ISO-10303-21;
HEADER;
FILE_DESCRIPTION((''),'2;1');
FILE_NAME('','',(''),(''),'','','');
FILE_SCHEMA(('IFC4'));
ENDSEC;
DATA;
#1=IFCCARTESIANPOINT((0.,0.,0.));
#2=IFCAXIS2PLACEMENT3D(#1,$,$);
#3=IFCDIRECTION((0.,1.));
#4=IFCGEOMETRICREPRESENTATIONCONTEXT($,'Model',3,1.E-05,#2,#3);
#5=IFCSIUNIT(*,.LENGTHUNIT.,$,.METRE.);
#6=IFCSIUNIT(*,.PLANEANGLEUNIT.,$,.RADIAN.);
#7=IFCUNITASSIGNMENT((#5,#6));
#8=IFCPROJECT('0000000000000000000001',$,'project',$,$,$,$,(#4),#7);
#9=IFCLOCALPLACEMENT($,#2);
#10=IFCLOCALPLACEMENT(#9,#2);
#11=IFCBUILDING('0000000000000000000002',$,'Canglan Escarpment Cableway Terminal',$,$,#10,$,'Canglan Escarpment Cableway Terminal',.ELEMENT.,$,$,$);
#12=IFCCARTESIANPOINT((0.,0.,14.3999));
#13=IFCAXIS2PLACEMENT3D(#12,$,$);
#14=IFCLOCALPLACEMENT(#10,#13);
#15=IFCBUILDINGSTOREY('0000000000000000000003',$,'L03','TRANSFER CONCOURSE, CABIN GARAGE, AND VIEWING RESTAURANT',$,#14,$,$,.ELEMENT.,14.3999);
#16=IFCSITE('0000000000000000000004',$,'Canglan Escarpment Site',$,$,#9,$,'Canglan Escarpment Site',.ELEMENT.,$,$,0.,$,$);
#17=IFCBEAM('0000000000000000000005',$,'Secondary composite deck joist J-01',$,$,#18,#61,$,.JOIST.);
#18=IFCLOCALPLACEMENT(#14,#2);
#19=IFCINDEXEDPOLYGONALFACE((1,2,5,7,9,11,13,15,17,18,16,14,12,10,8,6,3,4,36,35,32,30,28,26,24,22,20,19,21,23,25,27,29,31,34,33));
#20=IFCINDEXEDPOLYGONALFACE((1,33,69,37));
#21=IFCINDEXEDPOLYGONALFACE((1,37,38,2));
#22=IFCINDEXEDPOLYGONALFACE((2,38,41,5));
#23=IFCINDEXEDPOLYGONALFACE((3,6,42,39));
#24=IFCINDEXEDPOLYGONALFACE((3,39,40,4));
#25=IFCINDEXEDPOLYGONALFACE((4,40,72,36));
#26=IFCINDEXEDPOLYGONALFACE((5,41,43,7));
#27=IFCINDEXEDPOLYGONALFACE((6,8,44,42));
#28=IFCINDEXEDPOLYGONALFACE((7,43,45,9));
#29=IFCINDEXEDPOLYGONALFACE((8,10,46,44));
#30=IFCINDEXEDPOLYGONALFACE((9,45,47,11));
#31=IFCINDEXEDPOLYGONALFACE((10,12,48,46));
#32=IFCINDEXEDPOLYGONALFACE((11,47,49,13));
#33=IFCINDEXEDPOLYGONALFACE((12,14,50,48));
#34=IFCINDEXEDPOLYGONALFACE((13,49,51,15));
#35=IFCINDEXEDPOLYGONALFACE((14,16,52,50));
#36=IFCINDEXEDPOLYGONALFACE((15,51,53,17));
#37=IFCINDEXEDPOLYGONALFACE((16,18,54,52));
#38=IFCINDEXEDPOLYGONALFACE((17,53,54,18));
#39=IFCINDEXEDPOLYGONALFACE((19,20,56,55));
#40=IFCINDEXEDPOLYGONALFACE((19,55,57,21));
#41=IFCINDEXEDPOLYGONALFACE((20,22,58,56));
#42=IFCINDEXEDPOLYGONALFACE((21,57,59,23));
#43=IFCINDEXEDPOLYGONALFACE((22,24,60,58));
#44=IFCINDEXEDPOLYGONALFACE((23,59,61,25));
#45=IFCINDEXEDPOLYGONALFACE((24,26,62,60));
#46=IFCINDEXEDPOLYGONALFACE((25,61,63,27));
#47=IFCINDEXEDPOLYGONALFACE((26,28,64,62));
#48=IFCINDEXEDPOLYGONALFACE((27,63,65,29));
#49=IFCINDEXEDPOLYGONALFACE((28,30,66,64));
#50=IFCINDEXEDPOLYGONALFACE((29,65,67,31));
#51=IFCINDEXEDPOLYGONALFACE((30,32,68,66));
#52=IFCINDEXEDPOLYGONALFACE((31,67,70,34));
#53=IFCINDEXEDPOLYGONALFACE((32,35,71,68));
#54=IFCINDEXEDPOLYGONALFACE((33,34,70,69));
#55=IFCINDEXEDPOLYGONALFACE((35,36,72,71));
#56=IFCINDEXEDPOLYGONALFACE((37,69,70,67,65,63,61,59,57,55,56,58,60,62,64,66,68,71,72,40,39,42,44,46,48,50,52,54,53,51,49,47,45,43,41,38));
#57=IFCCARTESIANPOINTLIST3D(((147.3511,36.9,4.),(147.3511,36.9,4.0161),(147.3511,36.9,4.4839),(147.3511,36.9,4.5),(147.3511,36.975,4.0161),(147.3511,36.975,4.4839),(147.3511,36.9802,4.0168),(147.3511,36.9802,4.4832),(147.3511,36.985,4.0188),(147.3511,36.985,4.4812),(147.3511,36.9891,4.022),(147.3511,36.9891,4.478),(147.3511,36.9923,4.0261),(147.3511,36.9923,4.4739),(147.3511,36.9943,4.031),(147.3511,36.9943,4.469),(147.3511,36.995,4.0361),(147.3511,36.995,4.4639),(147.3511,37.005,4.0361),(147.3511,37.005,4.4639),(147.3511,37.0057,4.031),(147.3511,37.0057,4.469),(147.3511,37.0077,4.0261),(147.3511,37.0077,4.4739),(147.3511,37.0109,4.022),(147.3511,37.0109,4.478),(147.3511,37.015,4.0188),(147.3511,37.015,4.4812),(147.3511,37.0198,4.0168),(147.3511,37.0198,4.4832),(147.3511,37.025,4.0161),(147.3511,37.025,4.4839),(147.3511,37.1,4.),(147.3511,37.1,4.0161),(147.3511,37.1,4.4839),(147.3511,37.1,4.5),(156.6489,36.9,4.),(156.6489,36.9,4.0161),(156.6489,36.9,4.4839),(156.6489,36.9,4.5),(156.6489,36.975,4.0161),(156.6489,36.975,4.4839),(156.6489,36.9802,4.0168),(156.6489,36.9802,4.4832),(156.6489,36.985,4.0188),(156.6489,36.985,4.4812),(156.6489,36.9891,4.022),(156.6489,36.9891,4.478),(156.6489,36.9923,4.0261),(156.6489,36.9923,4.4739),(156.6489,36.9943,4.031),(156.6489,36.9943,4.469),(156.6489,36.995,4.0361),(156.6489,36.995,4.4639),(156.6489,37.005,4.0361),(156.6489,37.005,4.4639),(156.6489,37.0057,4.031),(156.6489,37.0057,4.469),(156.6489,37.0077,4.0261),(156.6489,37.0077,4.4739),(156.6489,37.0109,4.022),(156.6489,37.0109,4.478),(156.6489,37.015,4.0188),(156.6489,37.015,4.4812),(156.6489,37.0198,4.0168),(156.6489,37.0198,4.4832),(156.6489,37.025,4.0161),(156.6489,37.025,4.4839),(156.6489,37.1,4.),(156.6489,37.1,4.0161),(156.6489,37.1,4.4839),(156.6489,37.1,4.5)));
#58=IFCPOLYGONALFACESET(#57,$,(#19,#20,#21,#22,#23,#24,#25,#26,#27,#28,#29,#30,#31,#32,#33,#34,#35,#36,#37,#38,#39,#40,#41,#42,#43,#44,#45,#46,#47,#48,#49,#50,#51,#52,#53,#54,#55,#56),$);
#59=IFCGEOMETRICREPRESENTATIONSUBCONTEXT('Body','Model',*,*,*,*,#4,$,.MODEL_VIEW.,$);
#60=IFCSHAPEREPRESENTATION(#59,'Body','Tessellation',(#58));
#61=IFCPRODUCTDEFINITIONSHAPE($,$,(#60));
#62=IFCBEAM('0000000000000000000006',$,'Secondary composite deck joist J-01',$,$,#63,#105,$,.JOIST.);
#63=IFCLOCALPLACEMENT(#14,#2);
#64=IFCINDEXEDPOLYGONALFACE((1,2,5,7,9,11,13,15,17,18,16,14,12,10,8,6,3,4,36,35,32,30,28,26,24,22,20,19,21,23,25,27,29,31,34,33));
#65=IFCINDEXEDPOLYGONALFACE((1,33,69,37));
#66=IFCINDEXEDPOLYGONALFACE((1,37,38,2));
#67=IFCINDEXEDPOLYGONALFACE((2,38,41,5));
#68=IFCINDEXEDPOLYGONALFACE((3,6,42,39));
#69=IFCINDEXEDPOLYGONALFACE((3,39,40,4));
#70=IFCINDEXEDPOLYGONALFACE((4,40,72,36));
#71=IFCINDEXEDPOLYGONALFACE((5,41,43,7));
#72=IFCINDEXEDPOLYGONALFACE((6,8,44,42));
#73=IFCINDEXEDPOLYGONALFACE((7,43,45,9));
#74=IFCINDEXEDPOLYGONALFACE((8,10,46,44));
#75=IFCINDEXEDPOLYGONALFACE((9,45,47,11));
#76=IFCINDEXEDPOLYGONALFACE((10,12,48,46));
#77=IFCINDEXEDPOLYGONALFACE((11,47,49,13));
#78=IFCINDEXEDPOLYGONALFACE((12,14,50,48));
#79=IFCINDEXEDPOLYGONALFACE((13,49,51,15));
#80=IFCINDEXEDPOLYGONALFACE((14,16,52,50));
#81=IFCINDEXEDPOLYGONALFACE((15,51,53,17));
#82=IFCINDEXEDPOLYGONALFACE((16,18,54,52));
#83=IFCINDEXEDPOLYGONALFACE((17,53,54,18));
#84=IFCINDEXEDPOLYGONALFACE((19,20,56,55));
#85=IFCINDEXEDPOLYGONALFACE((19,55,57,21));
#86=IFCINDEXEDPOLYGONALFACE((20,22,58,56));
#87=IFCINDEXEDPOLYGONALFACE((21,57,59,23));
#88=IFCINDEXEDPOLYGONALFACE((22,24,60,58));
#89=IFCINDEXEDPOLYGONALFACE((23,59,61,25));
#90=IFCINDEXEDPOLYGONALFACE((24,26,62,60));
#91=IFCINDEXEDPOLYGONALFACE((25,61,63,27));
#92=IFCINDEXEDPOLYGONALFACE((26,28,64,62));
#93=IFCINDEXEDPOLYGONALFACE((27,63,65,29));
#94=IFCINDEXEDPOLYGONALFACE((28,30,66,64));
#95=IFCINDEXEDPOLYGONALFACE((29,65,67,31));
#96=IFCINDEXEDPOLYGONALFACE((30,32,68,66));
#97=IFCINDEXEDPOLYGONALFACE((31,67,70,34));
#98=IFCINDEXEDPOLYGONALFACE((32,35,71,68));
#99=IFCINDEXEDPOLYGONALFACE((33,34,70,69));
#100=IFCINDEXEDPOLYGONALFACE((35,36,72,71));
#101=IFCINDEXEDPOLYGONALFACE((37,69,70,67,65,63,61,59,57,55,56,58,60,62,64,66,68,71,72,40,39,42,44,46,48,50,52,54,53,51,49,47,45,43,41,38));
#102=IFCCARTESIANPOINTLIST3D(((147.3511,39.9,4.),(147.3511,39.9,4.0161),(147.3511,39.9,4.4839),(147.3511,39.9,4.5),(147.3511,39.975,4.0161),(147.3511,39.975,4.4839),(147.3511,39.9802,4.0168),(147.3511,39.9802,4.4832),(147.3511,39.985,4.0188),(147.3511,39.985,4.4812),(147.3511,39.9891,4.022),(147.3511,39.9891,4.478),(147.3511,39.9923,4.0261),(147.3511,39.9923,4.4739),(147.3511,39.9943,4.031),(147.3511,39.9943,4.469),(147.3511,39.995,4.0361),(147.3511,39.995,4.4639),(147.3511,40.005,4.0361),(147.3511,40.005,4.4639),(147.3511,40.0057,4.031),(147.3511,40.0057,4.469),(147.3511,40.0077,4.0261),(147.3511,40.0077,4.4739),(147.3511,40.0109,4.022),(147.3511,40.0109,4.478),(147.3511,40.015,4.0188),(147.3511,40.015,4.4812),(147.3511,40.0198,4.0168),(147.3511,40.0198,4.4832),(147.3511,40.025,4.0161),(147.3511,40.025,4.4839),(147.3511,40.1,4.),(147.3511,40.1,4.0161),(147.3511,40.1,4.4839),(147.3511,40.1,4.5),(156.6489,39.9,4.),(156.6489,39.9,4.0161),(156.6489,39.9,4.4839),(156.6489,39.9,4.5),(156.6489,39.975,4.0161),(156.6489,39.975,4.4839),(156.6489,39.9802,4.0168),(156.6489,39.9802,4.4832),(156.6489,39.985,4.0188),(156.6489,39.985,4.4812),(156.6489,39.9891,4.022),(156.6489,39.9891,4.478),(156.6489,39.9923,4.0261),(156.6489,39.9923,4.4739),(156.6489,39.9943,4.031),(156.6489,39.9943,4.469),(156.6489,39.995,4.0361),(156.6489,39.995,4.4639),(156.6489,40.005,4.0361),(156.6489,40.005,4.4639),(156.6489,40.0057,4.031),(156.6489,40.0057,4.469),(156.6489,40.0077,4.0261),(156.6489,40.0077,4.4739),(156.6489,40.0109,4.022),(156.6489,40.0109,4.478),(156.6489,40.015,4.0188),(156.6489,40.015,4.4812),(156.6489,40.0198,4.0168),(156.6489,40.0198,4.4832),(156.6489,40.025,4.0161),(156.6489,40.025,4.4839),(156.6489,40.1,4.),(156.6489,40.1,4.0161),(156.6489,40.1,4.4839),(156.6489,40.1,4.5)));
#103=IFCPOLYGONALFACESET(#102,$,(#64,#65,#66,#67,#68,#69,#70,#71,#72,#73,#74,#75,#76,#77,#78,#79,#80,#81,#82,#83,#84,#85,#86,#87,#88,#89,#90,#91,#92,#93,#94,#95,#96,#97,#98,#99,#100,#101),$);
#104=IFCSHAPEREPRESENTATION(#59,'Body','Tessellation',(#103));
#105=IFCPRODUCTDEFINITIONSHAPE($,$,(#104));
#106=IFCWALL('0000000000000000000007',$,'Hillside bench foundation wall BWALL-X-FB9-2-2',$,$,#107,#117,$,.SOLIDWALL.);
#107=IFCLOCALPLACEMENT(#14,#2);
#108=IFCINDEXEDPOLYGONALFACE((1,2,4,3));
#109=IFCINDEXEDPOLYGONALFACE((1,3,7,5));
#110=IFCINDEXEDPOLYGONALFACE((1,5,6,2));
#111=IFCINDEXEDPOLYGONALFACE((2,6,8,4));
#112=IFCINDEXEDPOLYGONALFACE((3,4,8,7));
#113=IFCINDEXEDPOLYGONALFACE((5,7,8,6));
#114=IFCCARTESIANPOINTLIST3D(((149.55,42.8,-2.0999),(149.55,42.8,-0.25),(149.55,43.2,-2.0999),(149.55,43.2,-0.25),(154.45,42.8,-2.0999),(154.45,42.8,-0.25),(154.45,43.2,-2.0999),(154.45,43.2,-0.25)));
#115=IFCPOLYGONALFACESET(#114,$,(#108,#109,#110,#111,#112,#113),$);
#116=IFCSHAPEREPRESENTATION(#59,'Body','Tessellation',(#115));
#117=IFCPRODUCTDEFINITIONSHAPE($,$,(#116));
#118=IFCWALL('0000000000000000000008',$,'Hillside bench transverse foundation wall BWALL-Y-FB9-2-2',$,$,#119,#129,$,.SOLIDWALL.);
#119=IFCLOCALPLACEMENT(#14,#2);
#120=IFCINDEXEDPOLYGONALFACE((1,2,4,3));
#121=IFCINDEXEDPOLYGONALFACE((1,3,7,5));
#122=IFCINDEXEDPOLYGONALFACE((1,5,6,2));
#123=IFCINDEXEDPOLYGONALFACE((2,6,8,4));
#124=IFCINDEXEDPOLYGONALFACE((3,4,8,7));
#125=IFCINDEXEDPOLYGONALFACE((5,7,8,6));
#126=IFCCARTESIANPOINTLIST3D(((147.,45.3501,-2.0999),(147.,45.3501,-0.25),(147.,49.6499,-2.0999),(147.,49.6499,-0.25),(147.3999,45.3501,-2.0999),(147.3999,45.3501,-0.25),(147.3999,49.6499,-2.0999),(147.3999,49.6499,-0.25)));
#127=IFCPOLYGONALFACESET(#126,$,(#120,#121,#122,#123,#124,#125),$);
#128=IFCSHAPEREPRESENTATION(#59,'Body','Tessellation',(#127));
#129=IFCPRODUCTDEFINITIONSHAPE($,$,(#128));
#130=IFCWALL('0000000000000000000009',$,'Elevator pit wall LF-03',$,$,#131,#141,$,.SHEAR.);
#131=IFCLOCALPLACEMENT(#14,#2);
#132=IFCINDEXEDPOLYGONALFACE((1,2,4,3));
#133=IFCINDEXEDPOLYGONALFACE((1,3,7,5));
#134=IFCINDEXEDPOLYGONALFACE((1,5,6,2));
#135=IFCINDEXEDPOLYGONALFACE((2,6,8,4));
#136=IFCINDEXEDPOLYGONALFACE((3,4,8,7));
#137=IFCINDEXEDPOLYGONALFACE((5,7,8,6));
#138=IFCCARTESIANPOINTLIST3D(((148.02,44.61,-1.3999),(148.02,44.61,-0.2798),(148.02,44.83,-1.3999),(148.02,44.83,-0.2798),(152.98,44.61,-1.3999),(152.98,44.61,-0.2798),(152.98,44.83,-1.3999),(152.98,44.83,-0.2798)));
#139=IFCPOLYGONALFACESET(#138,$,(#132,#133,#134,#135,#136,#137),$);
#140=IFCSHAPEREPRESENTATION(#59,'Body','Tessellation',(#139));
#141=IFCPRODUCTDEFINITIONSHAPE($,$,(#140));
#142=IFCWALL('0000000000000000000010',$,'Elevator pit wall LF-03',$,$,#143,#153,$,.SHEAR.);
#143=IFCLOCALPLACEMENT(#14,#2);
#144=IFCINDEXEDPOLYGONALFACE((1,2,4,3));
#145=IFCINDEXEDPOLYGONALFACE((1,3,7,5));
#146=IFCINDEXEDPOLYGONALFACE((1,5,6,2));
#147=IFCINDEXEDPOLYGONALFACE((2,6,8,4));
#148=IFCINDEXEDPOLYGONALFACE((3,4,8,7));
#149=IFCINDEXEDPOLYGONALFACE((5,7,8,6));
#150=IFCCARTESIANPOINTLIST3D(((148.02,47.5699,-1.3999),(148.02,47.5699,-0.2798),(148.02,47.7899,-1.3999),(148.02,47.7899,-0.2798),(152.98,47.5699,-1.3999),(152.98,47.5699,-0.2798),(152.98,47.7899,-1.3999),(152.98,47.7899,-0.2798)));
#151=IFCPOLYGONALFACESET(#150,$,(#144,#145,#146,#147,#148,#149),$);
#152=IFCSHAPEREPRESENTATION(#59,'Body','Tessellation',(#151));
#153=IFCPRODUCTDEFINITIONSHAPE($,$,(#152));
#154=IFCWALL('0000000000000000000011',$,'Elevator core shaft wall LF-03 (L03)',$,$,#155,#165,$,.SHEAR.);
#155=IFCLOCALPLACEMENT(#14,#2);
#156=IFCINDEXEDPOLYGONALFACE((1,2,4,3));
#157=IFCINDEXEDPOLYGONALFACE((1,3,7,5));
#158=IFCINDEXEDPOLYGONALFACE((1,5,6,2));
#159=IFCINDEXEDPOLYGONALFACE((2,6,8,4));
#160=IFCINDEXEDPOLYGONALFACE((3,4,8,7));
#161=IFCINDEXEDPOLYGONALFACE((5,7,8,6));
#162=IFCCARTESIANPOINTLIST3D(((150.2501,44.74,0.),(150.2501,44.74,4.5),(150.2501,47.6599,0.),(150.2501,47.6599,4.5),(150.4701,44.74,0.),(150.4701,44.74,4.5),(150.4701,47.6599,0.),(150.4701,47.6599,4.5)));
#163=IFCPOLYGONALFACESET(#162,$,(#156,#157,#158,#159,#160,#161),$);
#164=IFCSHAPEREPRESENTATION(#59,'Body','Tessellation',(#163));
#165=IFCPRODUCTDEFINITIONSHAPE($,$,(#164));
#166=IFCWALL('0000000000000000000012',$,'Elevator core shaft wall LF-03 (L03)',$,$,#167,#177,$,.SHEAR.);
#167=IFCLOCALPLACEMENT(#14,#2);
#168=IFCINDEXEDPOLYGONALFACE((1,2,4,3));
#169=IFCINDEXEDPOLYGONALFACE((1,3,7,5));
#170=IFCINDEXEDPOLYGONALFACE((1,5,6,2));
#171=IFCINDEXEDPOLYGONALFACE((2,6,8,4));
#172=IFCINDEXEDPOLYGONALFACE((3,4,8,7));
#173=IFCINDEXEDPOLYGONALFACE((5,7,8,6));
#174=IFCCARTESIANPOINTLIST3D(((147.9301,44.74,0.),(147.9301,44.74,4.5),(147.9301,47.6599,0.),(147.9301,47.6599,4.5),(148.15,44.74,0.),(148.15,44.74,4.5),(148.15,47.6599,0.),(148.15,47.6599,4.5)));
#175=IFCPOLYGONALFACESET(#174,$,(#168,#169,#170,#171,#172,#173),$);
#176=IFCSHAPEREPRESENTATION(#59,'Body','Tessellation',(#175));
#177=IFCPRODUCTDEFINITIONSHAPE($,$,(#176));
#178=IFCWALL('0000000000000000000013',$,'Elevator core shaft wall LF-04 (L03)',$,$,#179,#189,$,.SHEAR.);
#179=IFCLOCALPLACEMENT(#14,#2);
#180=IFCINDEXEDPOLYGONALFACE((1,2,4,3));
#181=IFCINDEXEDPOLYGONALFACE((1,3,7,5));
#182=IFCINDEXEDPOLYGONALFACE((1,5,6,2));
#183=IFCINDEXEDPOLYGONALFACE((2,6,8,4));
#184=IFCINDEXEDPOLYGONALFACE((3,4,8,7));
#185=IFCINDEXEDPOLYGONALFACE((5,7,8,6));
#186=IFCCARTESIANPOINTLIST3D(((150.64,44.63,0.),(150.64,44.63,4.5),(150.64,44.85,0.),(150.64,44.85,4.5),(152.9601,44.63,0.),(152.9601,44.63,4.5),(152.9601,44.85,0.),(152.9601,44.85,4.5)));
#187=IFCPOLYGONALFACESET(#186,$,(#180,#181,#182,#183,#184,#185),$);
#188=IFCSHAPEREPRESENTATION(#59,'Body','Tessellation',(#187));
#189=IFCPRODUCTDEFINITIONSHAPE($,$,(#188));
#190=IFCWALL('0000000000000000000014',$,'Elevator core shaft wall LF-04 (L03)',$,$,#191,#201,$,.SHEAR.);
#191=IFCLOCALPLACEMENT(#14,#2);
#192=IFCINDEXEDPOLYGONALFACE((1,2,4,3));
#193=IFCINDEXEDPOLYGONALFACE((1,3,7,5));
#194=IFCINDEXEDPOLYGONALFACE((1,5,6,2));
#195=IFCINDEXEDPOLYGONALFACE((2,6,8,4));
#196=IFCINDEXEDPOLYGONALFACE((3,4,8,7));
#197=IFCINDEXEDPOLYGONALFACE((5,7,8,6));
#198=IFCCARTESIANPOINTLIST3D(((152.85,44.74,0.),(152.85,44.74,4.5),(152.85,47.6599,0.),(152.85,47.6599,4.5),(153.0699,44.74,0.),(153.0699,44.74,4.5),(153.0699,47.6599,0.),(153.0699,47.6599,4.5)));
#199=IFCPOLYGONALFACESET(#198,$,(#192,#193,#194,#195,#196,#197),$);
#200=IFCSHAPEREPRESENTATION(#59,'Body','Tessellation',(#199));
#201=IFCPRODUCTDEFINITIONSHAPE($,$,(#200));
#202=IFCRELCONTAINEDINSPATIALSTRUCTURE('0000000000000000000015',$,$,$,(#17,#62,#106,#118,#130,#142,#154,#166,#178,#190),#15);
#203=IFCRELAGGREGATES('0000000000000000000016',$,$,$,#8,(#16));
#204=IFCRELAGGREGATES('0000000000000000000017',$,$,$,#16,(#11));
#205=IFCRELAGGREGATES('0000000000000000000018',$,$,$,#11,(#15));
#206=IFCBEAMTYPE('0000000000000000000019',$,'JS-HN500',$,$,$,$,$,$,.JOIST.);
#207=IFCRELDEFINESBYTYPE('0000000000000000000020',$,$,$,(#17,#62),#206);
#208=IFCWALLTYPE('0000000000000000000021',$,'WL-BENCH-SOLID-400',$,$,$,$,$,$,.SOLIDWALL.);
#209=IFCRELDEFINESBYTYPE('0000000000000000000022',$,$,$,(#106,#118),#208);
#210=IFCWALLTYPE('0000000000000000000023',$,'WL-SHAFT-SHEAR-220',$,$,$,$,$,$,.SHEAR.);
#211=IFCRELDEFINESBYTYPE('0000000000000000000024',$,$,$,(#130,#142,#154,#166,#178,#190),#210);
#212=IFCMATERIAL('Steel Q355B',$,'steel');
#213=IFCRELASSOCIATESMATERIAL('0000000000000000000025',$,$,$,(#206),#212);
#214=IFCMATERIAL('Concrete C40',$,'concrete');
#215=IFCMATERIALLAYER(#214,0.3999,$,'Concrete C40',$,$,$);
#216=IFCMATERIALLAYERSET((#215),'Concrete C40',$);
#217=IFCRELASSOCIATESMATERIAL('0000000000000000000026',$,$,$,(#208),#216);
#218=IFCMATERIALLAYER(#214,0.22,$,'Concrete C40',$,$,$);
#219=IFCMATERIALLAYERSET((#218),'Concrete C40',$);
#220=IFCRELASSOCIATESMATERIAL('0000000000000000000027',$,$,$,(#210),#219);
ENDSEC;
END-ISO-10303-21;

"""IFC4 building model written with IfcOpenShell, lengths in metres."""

from ifc_helpers import new_model, si_unit, direction, frame, frame_2d, origin, origin_2d, place, context, subcontext, project, spatial, rectangle, i_section, extrude, material, layer, layer_set, material_profile, profile_set, type_object, element, save


model = new_model("IFC4")

# Units and contexts
model_context = context("Model", 3, precision=1e-05, world=origin(), true_north=direction((0.0, 1.0)))
body_context = subcontext(model_context, "Body", "Model", "MODEL_VIEW")
ifc_project = project(units=[si_unit("LENGTHUNIT", "METRE"), si_unit("PLANEANGLEUNIT", "RADIAN")], contexts=[model_context])

# Site, building, storey
site_placement = place(None, origin())
site = spatial("IfcSite", under=ifc_project, at=site_placement, Name="Canglan Escarpment Site", LongName="Canglan Escarpment Site", CompositionType="ELEMENT", RefElevation=0.0)
building_placement = place(site_placement, origin())
building = spatial("IfcBuilding", under=site, at=building_placement, Name="Canglan Escarpment Cableway Terminal", LongName="Canglan Escarpment Cableway Terminal", CompositionType="ELEMENT")
storey_placement = place(building_placement, frame((0.0, 0.0, 14.3999)))
storey = spatial("IfcBuildingStorey", under=building, at=storey_placement, Name="L03", Description="TRANSFER CONCOURSE, CABIN GARAGE, AND VIEWING RESTAURANT", CompositionType="ELEMENT", Elevation=14.3999)

# Shared definitions
ifc_material_1 = material(Name="Concrete C40", Category="concrete")

# Beams
ifc_material_2 = material(Name="Steel Q355B", Category="steel")
ifc_material_profile_1 = material_profile(ifc_material_2, i_section(OverallWidth=0.2, OverallDepth=0.5, WebThickness=0.01, FlangeThickness=0.0161, FilletRadius=0.02, at=origin_2d()), Name="HN 500x200x10x16")
ifc_profile_set_1 = profile_set([ifc_material_profile_1], Name="Steel Q355B")
beam_type_1 = type_object("IfcBeamType", Name="JS-HN500", PredefinedType="JOIST", material=ifc_profile_set_1)
for number, where, z_axis, x_axis, name in (
    (1, (147.3511, 37.0, 4.25), (1.0, 0.0, 0.0), (0.0, 1.0, 0.0), "Secondary composite deck joist J-01"),
    (2, (147.3511, 40.0, 4.25), (1.0, 0.0, 0.0), (0.0, 1.0, 0.0), "Secondary composite deck joist J-01"),
):
    element("IfcBeam", number, at=place(storey_placement, frame(where, z_axis=z_axis, x_axis=x_axis)), inside=storey, type_object=beam_type_1, Name=name, PredefinedType="JOIST", context=body_context, shape_type="SweptSolid", body=[
        extrude(i_section(OverallWidth=0.2, OverallDepth=0.5, WebThickness=0.01, FlangeThickness=0.0161, FilletRadius=0.02, at=origin_2d()), origin(), (0.0, 0.0, 1.0), 9.2979),
    ])

# Walls
ifc_layer_1 = layer(ifc_material_1, 0.3999, Name="Concrete C40")
ifc_layer_set_1 = layer_set([ifc_layer_1], Name="Concrete C40")
wall_type_1 = type_object("IfcWallType", Name="WL-BENCH-SOLID-400", PredefinedType="SOLIDWALL", material=ifc_layer_set_1)
wall_1_placement = place(storey_placement, frame((149.55, 43.0, -2.0999), z_axis=(0.0, 0.0, 1.0), x_axis=(1.0, 0.0, 0.0)))
element("IfcWall", 3, at=wall_1_placement, inside=storey, type_object=wall_type_1, Name="Hillside bench foundation wall BWALL-X-FB9-2-2", PredefinedType="SOLIDWALL", context=body_context, shape_type="SweptSolid", body=[
    extrude(rectangle(XDim=4.8999, YDim=0.3999, at=frame_2d((2.45, 0.0))), origin(), (0.0, 0.0, 1.0), 1.8499),
])
wall_2_placement = place(storey_placement, frame((147.2, 45.3501, -2.0999), z_axis=(0.0, 0.0, 1.0), x_axis=(0.0, 1.0, 0.0)))
element("IfcWall", 4, at=wall_2_placement, inside=storey, type_object=wall_type_1, Name="Hillside bench transverse foundation wall BWALL-Y-FB9-2-2", PredefinedType="SOLIDWALL", context=body_context, shape_type="SweptSolid", body=[
    extrude(rectangle(XDim=4.2998, YDim=0.3999, at=frame_2d((2.1499, 0.0))), origin(), (0.0, 0.0, 1.0), 1.8499),
])
ifc_layer_2 = layer(ifc_material_1, 0.22, Name="Concrete C40")
ifc_layer_set_2 = layer_set([ifc_layer_2], Name="Concrete C40")
wall_type_2 = type_object("IfcWallType", Name="WL-SHAFT-SHEAR-220", PredefinedType="SHEAR", material=ifc_layer_set_2)
for number, where, z_axis, x_axis, name in (
    (5, (148.02, 44.72, -1.3999), (0.0, 0.0, 1.0), (1.0, 0.0, 0.0), "Elevator pit wall LF-03"),
    (6, (148.02, 47.6799, -1.3999), (0.0, 0.0, 1.0), (1.0, 0.0, 0.0), "Elevator pit wall LF-03"),
):
    element("IfcWall", number, at=place(storey_placement, frame(where, z_axis=z_axis, x_axis=x_axis)), inside=storey, type_object=wall_type_2, Name=name, PredefinedType="SHEAR", context=body_context, shape_type="SweptSolid", body=[
        extrude(rectangle(XDim=4.96, YDim=0.22, at=frame_2d((2.48, 0.0))), origin(), (0.0, 0.0, 1.0), 1.1201),
    ])
wall_3_placement = place(storey_placement, frame((150.3601, 44.74, 0.0), z_axis=(0.0, 0.0, 1.0), x_axis=(0.0, 1.0, 0.0)))
element("IfcWall", 7, at=wall_3_placement, inside=storey, type_object=wall_type_2, Name="Elevator core shaft wall LF-03 (L03)", PredefinedType="SHEAR", context=body_context, shape_type="SweptSolid", body=[
    extrude(rectangle(XDim=2.9199, YDim=0.22, at=frame_2d((1.46, 0.0))), origin(), (0.0, 0.0, 1.0), 4.5),
])

# Walls
wall_4_placement = place(storey_placement, frame((148.04, 47.6599, 0.0), z_axis=(0.0, 0.0, 1.0), x_axis=(0.0, -1.0, 0.0)))
element("IfcWall", 8, at=wall_4_placement, inside=storey, type_object=wall_type_2, Name="Elevator core shaft wall LF-03 (L03)", PredefinedType="SHEAR", context=body_context, shape_type="SweptSolid", body=[
    extrude(rectangle(XDim=2.9199, YDim=0.22, at=frame_2d((1.46, 0.0))), origin(), (0.0, 0.0, 1.0), 4.5),
])
wall_5_placement = place(storey_placement, frame((150.6399, 44.74, 0.0), z_axis=(0.0, 0.0, 1.0), x_axis=(1.0, 0.0, 0.0)))
element("IfcWall", 9, at=wall_5_placement, inside=storey, type_object=wall_type_2, Name="Elevator core shaft wall LF-04 (L03)", PredefinedType="SHEAR", context=body_context, shape_type="SweptSolid", body=[
    extrude(rectangle(XDim=2.3201, YDim=0.22, at=frame_2d((1.1602, 0.0))), origin(), (0.0, 0.0, 1.0), 4.5),
])
wall_6_placement = place(storey_placement, frame((152.96, 44.74, 0.0), z_axis=(0.0, 0.0, 1.0), x_axis=(0.0, 1.0, 0.0)))
element("IfcWall", 10, at=wall_6_placement, inside=storey, type_object=wall_type_2, Name="Elevator core shaft wall LF-04 (L03)", PredefinedType="SHEAR", context=body_context, shape_type="SweptSolid", body=[
    extrude(rectangle(XDim=2.9199, YDim=0.22, at=frame_2d((1.46, 0.0))), origin(), (0.0, 0.0, 1.0), 4.5),
])

save(model, "model.ifc")
